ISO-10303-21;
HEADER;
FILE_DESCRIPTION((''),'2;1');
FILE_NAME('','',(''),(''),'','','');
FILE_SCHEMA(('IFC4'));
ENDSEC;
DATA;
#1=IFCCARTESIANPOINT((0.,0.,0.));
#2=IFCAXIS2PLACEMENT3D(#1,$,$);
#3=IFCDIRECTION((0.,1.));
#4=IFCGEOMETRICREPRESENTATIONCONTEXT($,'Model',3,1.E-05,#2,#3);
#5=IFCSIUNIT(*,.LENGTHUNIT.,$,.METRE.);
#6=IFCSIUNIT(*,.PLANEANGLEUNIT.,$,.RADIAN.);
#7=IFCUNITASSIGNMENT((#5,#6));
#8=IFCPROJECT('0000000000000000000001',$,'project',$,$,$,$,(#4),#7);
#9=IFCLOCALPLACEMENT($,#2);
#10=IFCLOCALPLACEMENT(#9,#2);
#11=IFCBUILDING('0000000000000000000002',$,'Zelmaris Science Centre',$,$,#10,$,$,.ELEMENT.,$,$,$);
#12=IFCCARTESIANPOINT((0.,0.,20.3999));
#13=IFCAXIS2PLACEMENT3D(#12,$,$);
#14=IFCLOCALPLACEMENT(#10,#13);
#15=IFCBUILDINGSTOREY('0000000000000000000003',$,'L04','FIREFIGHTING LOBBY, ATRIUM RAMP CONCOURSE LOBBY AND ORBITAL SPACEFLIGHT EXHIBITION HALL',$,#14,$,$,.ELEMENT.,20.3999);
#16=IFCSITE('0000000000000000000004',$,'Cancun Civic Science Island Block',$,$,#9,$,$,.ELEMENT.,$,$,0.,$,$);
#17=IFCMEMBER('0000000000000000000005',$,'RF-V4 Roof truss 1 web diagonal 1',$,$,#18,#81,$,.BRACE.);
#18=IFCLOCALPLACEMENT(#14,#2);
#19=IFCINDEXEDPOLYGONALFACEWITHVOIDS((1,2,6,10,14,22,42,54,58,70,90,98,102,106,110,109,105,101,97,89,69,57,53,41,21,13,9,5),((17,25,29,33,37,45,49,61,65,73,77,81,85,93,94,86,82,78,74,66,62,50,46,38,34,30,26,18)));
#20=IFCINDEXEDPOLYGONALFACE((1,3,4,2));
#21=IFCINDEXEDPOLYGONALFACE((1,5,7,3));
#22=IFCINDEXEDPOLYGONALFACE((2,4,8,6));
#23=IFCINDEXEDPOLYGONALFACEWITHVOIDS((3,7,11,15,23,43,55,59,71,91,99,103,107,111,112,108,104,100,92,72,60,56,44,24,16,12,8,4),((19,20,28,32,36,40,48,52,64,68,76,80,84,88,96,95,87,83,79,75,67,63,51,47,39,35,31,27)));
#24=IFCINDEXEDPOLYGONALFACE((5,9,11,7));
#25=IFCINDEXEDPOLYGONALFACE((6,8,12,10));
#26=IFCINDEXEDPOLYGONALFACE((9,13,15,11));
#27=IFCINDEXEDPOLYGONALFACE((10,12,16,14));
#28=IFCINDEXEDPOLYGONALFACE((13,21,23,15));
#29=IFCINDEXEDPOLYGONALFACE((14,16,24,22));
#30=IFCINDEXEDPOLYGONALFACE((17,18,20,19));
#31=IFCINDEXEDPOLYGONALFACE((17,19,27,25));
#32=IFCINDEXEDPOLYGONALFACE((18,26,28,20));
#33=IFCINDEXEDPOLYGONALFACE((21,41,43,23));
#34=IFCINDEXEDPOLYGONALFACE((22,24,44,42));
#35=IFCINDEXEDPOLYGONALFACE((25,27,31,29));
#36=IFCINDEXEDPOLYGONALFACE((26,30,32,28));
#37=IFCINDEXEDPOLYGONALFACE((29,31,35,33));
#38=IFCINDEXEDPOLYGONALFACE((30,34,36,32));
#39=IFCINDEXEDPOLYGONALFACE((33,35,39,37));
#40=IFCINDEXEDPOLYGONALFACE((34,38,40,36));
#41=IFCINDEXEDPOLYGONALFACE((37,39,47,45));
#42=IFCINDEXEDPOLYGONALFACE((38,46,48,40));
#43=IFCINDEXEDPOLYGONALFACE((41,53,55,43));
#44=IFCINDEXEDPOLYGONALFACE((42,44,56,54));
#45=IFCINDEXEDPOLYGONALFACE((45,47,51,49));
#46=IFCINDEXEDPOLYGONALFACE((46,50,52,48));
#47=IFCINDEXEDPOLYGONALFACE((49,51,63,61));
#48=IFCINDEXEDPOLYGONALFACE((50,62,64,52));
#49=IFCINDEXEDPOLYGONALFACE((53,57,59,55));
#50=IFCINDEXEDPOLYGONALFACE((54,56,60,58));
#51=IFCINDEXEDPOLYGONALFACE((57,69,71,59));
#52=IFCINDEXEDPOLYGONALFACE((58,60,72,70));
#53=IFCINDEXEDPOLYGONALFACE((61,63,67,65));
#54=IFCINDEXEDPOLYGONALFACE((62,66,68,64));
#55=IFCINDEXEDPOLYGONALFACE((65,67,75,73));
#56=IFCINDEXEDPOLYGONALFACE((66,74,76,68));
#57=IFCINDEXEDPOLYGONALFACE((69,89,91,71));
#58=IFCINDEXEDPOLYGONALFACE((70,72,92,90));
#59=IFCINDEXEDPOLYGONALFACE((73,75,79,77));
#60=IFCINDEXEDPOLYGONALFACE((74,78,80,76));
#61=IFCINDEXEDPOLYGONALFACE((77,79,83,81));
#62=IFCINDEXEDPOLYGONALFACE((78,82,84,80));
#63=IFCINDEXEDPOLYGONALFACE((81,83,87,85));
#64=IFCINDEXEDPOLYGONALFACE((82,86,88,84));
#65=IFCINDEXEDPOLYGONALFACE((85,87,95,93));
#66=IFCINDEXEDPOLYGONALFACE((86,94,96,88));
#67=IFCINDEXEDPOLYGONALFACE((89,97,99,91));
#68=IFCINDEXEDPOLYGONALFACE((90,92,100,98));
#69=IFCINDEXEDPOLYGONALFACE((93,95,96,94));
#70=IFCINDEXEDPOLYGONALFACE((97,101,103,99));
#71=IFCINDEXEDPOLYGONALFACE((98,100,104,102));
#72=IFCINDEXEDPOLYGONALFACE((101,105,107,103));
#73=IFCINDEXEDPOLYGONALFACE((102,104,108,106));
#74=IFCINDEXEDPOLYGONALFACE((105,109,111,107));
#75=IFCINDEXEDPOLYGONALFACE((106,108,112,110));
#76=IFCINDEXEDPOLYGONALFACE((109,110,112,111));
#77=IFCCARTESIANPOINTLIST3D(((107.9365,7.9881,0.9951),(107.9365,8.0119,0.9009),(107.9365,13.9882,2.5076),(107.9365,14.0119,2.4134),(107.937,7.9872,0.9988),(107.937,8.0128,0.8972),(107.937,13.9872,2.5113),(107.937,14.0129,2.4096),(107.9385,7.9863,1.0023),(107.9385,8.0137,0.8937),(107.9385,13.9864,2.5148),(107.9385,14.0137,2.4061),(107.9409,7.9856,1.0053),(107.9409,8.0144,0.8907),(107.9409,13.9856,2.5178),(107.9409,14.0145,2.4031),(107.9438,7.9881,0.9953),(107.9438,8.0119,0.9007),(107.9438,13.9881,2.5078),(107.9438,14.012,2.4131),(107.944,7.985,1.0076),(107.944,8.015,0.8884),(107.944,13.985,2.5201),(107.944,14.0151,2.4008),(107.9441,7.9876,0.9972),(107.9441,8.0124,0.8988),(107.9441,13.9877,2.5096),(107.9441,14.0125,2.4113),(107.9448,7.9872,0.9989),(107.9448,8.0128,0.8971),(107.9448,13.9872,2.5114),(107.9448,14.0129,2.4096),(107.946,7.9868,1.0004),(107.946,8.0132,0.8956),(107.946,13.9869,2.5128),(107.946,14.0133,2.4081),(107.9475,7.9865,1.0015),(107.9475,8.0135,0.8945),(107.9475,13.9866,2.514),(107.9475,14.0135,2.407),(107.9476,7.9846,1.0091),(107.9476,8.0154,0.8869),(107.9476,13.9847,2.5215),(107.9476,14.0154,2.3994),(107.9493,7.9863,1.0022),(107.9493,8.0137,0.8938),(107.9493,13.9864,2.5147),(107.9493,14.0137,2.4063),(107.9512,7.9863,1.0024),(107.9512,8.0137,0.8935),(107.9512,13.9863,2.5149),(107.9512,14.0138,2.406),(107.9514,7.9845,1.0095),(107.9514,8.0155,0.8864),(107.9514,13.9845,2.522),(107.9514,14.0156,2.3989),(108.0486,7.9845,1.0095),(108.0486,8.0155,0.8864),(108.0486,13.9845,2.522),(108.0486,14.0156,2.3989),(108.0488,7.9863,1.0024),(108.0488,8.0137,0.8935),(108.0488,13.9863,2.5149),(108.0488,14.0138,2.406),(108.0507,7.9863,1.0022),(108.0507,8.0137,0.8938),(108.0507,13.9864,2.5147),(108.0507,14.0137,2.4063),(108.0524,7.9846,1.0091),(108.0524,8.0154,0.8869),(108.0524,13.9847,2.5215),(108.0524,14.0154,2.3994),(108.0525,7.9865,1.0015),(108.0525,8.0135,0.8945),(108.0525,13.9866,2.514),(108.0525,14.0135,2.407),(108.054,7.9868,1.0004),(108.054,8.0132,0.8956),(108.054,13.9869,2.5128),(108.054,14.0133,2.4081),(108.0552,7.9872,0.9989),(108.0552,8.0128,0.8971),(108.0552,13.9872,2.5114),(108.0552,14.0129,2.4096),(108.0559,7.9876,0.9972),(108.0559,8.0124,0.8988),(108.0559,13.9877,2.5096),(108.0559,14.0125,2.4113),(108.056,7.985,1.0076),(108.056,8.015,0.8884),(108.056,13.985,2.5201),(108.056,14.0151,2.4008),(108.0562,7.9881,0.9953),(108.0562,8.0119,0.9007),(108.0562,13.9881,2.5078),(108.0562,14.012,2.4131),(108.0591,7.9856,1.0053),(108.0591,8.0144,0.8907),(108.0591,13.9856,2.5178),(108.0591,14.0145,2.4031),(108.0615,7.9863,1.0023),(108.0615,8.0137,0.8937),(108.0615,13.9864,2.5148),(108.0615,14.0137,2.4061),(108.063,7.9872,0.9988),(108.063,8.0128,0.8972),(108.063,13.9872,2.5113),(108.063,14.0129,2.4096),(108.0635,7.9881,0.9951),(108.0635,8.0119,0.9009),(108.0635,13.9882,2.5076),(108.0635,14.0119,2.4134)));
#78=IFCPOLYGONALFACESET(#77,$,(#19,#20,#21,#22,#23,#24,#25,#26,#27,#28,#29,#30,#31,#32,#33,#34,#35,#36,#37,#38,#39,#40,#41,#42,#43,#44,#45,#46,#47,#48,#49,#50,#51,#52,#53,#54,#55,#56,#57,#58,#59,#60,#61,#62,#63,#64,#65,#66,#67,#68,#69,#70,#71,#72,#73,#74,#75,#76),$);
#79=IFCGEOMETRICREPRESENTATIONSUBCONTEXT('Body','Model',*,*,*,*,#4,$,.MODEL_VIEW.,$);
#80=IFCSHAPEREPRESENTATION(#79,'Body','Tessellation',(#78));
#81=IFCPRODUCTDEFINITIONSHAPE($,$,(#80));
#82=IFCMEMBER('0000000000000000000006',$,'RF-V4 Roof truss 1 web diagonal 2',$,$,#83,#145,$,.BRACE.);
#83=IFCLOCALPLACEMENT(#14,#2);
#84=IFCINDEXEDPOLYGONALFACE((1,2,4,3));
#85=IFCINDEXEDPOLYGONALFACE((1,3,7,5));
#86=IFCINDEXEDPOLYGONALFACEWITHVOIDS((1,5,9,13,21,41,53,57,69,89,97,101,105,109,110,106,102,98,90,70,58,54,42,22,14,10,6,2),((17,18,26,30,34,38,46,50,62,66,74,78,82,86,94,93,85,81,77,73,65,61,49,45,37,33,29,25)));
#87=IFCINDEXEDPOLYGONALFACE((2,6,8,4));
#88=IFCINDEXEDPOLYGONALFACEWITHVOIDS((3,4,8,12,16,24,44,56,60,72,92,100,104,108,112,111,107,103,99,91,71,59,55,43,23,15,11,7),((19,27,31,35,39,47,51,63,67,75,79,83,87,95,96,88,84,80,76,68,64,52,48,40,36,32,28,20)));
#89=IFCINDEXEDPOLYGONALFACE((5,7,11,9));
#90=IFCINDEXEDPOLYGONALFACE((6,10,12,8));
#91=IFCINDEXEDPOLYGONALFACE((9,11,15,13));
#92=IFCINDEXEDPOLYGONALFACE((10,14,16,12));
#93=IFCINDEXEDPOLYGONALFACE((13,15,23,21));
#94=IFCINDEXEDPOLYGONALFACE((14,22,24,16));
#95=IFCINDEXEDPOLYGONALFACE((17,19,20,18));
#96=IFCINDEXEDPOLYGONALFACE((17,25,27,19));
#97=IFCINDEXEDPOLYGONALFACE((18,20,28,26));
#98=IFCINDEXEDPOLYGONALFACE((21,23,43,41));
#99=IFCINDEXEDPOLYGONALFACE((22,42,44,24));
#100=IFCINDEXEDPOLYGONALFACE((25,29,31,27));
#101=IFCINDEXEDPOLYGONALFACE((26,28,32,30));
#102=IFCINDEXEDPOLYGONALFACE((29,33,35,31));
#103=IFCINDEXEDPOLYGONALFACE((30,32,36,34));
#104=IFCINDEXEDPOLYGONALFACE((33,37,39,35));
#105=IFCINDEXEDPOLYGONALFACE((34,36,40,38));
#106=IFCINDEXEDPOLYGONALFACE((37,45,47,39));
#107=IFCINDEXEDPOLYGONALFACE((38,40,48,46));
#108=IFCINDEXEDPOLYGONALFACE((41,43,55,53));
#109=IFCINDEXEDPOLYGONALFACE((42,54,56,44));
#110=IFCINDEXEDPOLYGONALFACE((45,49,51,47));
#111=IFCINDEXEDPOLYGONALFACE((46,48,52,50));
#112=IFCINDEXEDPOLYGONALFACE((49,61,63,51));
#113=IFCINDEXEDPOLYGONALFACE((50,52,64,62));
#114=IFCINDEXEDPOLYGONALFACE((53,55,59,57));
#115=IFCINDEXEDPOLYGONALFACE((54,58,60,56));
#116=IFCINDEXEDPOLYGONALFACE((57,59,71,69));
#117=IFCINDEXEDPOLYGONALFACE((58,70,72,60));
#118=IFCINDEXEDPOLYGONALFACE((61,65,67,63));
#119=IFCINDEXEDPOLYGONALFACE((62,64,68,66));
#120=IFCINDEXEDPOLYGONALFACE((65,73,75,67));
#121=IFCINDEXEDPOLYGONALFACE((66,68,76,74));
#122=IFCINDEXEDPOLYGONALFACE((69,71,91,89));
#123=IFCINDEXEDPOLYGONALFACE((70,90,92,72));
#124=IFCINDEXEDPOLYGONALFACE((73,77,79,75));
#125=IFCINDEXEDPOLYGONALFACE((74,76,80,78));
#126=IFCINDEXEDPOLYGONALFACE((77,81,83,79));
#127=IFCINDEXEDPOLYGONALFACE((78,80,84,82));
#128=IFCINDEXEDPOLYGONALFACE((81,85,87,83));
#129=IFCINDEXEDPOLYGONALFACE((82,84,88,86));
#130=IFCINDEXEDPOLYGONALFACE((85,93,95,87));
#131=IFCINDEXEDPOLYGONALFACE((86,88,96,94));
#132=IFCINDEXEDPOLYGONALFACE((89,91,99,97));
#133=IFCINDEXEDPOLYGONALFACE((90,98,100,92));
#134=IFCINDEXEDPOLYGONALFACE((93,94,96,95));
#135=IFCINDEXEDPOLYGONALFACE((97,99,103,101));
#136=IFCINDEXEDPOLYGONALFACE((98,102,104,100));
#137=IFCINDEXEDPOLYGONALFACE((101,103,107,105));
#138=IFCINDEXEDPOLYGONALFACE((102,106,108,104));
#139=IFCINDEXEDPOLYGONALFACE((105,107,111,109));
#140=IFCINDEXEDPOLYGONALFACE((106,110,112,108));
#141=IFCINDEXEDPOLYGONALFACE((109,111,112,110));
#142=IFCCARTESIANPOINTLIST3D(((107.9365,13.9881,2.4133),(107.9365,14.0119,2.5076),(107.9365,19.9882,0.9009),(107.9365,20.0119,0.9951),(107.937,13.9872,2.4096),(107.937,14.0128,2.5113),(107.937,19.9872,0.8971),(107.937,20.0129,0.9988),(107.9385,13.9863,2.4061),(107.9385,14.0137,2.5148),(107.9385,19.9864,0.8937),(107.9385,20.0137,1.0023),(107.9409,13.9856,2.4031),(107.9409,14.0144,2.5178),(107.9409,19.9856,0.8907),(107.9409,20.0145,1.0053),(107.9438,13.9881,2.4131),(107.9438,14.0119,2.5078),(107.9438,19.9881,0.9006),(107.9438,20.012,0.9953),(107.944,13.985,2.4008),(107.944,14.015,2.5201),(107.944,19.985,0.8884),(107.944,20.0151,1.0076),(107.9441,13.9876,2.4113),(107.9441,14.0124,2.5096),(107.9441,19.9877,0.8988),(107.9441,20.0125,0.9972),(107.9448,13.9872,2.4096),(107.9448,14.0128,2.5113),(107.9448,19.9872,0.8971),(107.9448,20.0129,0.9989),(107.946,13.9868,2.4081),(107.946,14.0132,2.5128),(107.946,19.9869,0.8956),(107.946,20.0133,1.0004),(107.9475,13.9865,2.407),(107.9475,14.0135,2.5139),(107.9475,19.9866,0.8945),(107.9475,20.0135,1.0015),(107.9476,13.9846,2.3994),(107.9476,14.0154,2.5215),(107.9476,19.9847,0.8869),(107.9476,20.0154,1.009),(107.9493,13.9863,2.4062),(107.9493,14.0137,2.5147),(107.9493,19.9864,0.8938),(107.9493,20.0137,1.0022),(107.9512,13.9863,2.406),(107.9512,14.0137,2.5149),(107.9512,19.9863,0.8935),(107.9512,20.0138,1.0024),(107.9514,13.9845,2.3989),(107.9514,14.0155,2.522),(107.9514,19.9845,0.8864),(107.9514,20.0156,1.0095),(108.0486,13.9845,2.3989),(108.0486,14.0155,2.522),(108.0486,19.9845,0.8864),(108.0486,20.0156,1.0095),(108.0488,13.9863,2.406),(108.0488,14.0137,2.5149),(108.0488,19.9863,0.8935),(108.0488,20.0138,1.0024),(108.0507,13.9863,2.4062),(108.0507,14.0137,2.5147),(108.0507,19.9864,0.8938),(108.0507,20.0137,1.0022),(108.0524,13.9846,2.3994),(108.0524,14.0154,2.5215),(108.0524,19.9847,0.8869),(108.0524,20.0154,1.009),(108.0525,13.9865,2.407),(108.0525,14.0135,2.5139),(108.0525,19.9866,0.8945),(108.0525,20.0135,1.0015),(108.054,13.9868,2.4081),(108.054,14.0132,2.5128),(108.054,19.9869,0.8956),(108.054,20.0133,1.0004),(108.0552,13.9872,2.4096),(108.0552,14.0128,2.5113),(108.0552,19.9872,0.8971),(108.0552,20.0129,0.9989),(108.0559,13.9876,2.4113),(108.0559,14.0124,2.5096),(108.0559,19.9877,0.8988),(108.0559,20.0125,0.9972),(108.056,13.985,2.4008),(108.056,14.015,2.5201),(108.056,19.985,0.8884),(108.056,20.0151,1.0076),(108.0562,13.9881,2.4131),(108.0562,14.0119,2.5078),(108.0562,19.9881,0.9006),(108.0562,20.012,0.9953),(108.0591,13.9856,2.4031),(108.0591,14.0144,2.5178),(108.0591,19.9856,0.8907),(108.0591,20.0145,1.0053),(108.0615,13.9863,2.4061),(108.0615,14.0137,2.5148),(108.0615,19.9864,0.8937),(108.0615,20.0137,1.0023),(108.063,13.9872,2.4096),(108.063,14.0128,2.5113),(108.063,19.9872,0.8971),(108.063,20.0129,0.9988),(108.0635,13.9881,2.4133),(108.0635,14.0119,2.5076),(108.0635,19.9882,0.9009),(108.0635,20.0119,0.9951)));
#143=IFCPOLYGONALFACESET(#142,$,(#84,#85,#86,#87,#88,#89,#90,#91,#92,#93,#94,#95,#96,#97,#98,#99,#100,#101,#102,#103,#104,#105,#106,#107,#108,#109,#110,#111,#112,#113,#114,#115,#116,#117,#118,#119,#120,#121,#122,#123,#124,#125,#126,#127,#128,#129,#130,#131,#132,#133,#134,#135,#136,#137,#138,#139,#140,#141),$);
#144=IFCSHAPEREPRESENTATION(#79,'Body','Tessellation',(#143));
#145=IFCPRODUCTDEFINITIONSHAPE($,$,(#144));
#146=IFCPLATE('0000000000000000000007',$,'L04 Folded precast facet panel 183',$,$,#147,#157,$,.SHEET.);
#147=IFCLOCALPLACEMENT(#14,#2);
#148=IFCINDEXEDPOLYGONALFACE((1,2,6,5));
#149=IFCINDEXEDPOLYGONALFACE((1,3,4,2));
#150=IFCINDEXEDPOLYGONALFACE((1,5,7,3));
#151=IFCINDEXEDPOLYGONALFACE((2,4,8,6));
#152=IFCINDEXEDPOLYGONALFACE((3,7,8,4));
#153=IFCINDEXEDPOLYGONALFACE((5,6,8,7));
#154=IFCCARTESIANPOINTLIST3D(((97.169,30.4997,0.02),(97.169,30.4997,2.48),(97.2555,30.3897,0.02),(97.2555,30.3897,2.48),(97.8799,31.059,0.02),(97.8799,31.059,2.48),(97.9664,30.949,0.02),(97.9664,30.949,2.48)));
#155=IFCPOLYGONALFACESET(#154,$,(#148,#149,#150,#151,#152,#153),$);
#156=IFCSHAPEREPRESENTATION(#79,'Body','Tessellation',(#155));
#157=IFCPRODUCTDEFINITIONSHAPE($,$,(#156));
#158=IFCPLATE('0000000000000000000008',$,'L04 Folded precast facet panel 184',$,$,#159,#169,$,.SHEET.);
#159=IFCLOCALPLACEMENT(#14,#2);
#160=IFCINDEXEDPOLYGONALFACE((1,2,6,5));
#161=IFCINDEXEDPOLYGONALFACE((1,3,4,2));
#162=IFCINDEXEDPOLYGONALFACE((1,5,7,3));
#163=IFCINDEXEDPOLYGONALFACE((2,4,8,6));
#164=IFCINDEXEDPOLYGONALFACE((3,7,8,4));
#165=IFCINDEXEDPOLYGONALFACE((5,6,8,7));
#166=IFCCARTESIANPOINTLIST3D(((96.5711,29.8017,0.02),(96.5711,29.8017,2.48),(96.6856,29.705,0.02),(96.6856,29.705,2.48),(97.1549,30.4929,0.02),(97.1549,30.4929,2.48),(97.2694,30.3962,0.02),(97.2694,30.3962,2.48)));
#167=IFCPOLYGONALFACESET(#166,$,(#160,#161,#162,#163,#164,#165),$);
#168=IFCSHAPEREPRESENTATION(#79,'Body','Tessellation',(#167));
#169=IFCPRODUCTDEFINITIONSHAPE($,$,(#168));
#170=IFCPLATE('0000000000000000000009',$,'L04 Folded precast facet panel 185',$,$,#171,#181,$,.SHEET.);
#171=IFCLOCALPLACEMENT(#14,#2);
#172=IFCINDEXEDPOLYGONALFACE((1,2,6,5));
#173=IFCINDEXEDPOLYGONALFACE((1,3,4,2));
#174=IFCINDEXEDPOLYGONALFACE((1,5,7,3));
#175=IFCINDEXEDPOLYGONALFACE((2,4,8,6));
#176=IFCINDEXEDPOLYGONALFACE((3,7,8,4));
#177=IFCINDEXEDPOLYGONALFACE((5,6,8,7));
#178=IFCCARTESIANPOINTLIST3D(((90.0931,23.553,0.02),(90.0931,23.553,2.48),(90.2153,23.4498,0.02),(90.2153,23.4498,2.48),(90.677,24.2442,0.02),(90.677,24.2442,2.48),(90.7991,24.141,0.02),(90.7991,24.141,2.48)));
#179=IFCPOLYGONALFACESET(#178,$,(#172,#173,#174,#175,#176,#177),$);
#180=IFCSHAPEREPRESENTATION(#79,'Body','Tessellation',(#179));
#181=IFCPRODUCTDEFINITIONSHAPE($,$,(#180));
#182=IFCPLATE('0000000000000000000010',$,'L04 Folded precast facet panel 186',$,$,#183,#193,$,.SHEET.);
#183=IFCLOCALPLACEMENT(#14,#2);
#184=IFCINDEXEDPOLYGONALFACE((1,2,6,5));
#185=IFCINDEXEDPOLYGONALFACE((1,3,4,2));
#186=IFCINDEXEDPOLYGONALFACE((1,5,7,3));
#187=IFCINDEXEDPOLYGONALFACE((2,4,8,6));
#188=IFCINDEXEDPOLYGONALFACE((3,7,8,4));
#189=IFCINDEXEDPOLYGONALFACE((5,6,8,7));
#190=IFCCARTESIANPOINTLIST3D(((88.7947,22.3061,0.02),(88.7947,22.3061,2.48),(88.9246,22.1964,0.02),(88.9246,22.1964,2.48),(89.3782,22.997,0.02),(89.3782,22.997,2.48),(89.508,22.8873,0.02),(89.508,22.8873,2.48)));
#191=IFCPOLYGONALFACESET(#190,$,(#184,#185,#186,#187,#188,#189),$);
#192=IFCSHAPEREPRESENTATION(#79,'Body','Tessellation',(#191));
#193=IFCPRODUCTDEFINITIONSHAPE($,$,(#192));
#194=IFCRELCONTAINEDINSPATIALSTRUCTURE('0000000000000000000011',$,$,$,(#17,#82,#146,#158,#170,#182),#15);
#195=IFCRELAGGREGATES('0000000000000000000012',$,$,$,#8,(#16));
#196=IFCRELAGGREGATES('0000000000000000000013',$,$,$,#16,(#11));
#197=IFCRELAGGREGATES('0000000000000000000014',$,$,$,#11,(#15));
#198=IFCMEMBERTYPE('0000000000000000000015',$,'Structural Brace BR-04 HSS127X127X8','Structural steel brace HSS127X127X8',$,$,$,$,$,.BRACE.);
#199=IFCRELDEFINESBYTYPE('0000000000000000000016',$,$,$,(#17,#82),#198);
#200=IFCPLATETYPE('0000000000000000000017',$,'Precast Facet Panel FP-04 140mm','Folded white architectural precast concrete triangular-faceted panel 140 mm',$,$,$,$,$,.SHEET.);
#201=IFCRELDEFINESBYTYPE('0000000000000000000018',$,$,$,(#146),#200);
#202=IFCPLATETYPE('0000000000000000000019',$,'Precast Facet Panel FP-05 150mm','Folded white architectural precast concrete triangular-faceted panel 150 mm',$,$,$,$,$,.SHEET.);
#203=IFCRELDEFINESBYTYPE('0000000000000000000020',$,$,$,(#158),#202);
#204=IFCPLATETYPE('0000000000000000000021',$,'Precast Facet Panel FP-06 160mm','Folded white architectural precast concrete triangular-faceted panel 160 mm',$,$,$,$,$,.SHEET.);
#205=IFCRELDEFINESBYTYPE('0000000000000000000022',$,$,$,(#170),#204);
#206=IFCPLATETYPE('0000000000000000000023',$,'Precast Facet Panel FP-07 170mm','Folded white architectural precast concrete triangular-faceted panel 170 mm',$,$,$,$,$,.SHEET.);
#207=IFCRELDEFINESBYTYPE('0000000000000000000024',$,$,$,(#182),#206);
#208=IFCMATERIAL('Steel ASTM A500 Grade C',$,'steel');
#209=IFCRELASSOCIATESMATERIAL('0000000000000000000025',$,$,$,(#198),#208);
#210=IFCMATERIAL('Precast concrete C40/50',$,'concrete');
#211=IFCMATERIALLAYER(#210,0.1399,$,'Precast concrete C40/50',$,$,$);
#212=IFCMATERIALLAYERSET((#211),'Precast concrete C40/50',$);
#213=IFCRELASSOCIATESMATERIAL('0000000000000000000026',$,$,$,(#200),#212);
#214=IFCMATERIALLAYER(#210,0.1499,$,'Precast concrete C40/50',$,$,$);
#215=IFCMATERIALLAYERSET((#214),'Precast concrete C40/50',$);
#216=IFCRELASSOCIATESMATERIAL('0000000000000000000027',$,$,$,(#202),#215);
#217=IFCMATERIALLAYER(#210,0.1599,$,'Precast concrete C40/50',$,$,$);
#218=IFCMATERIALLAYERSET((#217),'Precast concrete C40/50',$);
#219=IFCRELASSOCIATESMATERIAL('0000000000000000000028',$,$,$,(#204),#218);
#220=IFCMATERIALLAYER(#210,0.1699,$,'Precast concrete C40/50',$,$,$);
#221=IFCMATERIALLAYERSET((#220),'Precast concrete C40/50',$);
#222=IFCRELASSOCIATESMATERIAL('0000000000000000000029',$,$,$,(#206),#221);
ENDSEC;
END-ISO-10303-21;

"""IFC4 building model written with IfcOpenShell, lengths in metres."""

from ifc_helpers import new_model, si_unit, direction, frame, frame_2d, origin, origin_2d, place, context, subcontext, project, spatial, rectangle, hollow_rectangle, extrude, material, layer, layer_set, material_profile, profile_set, type_object, element, save


model = new_model("IFC4")

# Units and contexts
model_context = context("Model", 3, precision=1e-05, world=origin(), true_north=direction((0.0, 1.0)))
body_context = subcontext(model_context, "Body", "Model", "MODEL_VIEW")
ifc_project = project(units=[si_unit("LENGTHUNIT", "METRE"), si_unit("PLANEANGLEUNIT", "RADIAN")], contexts=[model_context])

# Site, building, storey
site_placement = place(None, origin())
site = spatial("IfcSite", under=ifc_project, at=site_placement, Name="Cancun Civic Science Island Block", CompositionType="ELEMENT", RefElevation=0.0)
building_placement = place(site_placement, origin())
building = spatial("IfcBuilding", under=site, at=building_placement, Name="Zelmaris Science Centre", CompositionType="ELEMENT")
storey_placement = place(building_placement, frame((0.0, 0.0, 20.3999)))
storey = spatial("IfcBuildingStorey", under=building, at=storey_placement, Name="L04", Description="FIREFIGHTING LOBBY, ATRIUM RAMP CONCOURSE LOBBY AND ORBITAL SPACEFLIGHT EXHIBITION HALL", CompositionType="ELEMENT", Elevation=20.3999)

# Shared definitions
ifc_material_1 = material(Name="Steel ASTM A500 Grade C", Category="steel")

# Members
ifc_material_profile_1 = material_profile(ifc_material_1, hollow_rectangle(XDim=0.127, YDim=0.127, WallThickness=0.0073, InnerFilletRadius=0.0073, OuterFilletRadius=0.0149, at=origin_2d()), Name="HSS127X127X8")
ifc_profile_set_1 = profile_set([ifc_material_profile_1], Name="Steel ASTM A500 Grade C")
member_type_1 = type_object("IfcMemberType", Name="Structural Brace BR-04 HSS127X127X8", Description="Structural steel brace HSS127X127X8", PredefinedType="BRACE", material=ifc_profile_set_1)
for number, where, z_axis, x_axis, name in (
    (1, (108.0, 8.0, 0.948), (0.0, 0.969667, 0.244429), (-1.0, 0.0, 0.0), "RF-V4 Roof truss 1 web diagonal 1"),
    (2, (108.0, 14.0, 2.4604), (0.0, 0.969667, -0.244429), (-1.0, 0.0, 0.0), "RF-V4 Roof truss 1 web diagonal 2"),
):
    element("IfcMember", number, at=place(storey_placement, frame(where, z_axis=z_axis, x_axis=x_axis)), inside=storey, type_object=member_type_1, Name=name, PredefinedType="BRACE", context=body_context, shape_type="SweptSolid", body=[
        extrude(hollow_rectangle(XDim=0.127, YDim=0.127, WallThickness=0.0073, InnerFilletRadius=0.0073, OuterFilletRadius=0.0149, at=origin_2d()), origin(), (0.0, 0.0, 1.0), 6.1877),
    ])

# Plates
ifc_material_2 = material(Name="Precast concrete C40/50", Category="concrete")
ifc_layer_1 = layer(ifc_material_2, 0.1399, Name="Precast concrete C40/50")
ifc_layer_set_1 = layer_set([ifc_layer_1], Name="Precast concrete C40/50")
plate_type_1 = type_object("IfcPlateType", Name="Precast Facet Panel FP-04 140mm", Description="Folded white architectural precast concrete triangular-faceted panel 140 mm", PredefinedType="SHEET", material=ifc_layer_set_1)
plate_1_placement = place(storey_placement, frame((97.9231, 31.0039, 0.02), z_axis=(0.0, 0.0, 1.0), x_axis=(-0.785925, -0.618322, 0.0)))
element("IfcPlate", 3, at=plate_1_placement, inside=storey, type_object=plate_type_1, Name="L04 Folded precast facet panel 183", PredefinedType="SHEET", context=body_context, shape_type="SweptSolid", body=[
    extrude(rectangle(XDim=0.9045, YDim=0.1399, at=frame_2d((0.4521, 0.0))), origin(), (0.0, 0.0, 1.0), 2.46),
])
ifc_layer_2 = layer(ifc_material_2, 0.1499, Name="Precast concrete C40/50")
ifc_layer_set_2 = layer_set([ifc_layer_2], Name="Precast concrete C40/50")
plate_type_2 = type_object("IfcPlateType", Name="Precast Facet Panel FP-05 150mm", Description="Folded white architectural precast concrete triangular-faceted panel 150 mm", PredefinedType="SHEET", material=ifc_layer_set_2)
plate_2_placement = place(storey_placement, frame((97.2122, 30.4446, 0.02), z_axis=(0.0, 0.0, 1.0), x_axis=(-0.64524, -0.76398, 0.0)))
element("IfcPlate", 4, at=plate_2_placement, inside=storey, type_object=plate_type_2, Name="L04 Folded precast facet panel 184", PredefinedType="SHEET", context=body_context, shape_type="SweptSolid", body=[
    extrude(rectangle(XDim=0.9048, YDim=0.1499, at=frame_2d((0.4524, 0.0))), origin(), (0.0, 0.0, 1.0), 2.46),
])
ifc_layer_3 = layer(ifc_material_2, 0.1599, Name="Precast concrete C40/50")
ifc_layer_set_3 = layer_set([ifc_layer_3], Name="Precast concrete C40/50")
plate_type_3 = type_object("IfcPlateType", Name="Precast Facet Panel FP-06 160mm", Description="Folded white architectural precast concrete triangular-faceted panel 160 mm", PredefinedType="SHEET", material=ifc_layer_set_3)
plate_3_placement = place(storey_placement, frame((90.738, 24.1926, 0.02), z_axis=(0.0, 0.0, 1.0), x_axis=(-0.64524, -0.76398, 0.0)))
element("IfcPlate", 5, at=plate_3_placement, inside=storey, type_object=plate_type_3, Name="L04 Folded precast facet panel 185", PredefinedType="SHEET", context=body_context, shape_type="SweptSolid", body=[
    extrude(rectangle(XDim=0.9048, YDim=0.1599, at=frame_2d((0.4524, 0.0))), origin(), (0.0, 0.0, 1.0), 2.46),
])
ifc_layer_4 = layer(ifc_material_2, 0.1699, Name="Precast concrete C40/50")
ifc_layer_set_4 = layer_set([ifc_layer_4], Name="Precast concrete C40/50")
plate_type_4 = type_object("IfcPlateType", Name="Precast Facet Panel FP-07 170mm", Description="Folded white architectural precast concrete triangular-faceted panel 170 mm", PredefinedType="SHEET", material=ifc_layer_set_4)
plate_4_placement = place(storey_placement, frame((89.4431, 22.9421, 0.02), z_axis=(0.0, 0.0, 1.0), x_axis=(-0.645216, -0.764, 0.0)))
element("IfcPlate", 6, at=plate_4_placement, inside=storey, type_object=plate_type_4, Name="L04 Folded precast facet panel 186", PredefinedType="SHEET", context=body_context, shape_type="SweptSolid", body=[
    extrude(rectangle(XDim=0.9043, YDim=0.1699, at=frame_2d((0.4521, 0.0))), origin(), (0.0, 0.0, 1.0), 2.46),
])

save(model, "model.ifc")
